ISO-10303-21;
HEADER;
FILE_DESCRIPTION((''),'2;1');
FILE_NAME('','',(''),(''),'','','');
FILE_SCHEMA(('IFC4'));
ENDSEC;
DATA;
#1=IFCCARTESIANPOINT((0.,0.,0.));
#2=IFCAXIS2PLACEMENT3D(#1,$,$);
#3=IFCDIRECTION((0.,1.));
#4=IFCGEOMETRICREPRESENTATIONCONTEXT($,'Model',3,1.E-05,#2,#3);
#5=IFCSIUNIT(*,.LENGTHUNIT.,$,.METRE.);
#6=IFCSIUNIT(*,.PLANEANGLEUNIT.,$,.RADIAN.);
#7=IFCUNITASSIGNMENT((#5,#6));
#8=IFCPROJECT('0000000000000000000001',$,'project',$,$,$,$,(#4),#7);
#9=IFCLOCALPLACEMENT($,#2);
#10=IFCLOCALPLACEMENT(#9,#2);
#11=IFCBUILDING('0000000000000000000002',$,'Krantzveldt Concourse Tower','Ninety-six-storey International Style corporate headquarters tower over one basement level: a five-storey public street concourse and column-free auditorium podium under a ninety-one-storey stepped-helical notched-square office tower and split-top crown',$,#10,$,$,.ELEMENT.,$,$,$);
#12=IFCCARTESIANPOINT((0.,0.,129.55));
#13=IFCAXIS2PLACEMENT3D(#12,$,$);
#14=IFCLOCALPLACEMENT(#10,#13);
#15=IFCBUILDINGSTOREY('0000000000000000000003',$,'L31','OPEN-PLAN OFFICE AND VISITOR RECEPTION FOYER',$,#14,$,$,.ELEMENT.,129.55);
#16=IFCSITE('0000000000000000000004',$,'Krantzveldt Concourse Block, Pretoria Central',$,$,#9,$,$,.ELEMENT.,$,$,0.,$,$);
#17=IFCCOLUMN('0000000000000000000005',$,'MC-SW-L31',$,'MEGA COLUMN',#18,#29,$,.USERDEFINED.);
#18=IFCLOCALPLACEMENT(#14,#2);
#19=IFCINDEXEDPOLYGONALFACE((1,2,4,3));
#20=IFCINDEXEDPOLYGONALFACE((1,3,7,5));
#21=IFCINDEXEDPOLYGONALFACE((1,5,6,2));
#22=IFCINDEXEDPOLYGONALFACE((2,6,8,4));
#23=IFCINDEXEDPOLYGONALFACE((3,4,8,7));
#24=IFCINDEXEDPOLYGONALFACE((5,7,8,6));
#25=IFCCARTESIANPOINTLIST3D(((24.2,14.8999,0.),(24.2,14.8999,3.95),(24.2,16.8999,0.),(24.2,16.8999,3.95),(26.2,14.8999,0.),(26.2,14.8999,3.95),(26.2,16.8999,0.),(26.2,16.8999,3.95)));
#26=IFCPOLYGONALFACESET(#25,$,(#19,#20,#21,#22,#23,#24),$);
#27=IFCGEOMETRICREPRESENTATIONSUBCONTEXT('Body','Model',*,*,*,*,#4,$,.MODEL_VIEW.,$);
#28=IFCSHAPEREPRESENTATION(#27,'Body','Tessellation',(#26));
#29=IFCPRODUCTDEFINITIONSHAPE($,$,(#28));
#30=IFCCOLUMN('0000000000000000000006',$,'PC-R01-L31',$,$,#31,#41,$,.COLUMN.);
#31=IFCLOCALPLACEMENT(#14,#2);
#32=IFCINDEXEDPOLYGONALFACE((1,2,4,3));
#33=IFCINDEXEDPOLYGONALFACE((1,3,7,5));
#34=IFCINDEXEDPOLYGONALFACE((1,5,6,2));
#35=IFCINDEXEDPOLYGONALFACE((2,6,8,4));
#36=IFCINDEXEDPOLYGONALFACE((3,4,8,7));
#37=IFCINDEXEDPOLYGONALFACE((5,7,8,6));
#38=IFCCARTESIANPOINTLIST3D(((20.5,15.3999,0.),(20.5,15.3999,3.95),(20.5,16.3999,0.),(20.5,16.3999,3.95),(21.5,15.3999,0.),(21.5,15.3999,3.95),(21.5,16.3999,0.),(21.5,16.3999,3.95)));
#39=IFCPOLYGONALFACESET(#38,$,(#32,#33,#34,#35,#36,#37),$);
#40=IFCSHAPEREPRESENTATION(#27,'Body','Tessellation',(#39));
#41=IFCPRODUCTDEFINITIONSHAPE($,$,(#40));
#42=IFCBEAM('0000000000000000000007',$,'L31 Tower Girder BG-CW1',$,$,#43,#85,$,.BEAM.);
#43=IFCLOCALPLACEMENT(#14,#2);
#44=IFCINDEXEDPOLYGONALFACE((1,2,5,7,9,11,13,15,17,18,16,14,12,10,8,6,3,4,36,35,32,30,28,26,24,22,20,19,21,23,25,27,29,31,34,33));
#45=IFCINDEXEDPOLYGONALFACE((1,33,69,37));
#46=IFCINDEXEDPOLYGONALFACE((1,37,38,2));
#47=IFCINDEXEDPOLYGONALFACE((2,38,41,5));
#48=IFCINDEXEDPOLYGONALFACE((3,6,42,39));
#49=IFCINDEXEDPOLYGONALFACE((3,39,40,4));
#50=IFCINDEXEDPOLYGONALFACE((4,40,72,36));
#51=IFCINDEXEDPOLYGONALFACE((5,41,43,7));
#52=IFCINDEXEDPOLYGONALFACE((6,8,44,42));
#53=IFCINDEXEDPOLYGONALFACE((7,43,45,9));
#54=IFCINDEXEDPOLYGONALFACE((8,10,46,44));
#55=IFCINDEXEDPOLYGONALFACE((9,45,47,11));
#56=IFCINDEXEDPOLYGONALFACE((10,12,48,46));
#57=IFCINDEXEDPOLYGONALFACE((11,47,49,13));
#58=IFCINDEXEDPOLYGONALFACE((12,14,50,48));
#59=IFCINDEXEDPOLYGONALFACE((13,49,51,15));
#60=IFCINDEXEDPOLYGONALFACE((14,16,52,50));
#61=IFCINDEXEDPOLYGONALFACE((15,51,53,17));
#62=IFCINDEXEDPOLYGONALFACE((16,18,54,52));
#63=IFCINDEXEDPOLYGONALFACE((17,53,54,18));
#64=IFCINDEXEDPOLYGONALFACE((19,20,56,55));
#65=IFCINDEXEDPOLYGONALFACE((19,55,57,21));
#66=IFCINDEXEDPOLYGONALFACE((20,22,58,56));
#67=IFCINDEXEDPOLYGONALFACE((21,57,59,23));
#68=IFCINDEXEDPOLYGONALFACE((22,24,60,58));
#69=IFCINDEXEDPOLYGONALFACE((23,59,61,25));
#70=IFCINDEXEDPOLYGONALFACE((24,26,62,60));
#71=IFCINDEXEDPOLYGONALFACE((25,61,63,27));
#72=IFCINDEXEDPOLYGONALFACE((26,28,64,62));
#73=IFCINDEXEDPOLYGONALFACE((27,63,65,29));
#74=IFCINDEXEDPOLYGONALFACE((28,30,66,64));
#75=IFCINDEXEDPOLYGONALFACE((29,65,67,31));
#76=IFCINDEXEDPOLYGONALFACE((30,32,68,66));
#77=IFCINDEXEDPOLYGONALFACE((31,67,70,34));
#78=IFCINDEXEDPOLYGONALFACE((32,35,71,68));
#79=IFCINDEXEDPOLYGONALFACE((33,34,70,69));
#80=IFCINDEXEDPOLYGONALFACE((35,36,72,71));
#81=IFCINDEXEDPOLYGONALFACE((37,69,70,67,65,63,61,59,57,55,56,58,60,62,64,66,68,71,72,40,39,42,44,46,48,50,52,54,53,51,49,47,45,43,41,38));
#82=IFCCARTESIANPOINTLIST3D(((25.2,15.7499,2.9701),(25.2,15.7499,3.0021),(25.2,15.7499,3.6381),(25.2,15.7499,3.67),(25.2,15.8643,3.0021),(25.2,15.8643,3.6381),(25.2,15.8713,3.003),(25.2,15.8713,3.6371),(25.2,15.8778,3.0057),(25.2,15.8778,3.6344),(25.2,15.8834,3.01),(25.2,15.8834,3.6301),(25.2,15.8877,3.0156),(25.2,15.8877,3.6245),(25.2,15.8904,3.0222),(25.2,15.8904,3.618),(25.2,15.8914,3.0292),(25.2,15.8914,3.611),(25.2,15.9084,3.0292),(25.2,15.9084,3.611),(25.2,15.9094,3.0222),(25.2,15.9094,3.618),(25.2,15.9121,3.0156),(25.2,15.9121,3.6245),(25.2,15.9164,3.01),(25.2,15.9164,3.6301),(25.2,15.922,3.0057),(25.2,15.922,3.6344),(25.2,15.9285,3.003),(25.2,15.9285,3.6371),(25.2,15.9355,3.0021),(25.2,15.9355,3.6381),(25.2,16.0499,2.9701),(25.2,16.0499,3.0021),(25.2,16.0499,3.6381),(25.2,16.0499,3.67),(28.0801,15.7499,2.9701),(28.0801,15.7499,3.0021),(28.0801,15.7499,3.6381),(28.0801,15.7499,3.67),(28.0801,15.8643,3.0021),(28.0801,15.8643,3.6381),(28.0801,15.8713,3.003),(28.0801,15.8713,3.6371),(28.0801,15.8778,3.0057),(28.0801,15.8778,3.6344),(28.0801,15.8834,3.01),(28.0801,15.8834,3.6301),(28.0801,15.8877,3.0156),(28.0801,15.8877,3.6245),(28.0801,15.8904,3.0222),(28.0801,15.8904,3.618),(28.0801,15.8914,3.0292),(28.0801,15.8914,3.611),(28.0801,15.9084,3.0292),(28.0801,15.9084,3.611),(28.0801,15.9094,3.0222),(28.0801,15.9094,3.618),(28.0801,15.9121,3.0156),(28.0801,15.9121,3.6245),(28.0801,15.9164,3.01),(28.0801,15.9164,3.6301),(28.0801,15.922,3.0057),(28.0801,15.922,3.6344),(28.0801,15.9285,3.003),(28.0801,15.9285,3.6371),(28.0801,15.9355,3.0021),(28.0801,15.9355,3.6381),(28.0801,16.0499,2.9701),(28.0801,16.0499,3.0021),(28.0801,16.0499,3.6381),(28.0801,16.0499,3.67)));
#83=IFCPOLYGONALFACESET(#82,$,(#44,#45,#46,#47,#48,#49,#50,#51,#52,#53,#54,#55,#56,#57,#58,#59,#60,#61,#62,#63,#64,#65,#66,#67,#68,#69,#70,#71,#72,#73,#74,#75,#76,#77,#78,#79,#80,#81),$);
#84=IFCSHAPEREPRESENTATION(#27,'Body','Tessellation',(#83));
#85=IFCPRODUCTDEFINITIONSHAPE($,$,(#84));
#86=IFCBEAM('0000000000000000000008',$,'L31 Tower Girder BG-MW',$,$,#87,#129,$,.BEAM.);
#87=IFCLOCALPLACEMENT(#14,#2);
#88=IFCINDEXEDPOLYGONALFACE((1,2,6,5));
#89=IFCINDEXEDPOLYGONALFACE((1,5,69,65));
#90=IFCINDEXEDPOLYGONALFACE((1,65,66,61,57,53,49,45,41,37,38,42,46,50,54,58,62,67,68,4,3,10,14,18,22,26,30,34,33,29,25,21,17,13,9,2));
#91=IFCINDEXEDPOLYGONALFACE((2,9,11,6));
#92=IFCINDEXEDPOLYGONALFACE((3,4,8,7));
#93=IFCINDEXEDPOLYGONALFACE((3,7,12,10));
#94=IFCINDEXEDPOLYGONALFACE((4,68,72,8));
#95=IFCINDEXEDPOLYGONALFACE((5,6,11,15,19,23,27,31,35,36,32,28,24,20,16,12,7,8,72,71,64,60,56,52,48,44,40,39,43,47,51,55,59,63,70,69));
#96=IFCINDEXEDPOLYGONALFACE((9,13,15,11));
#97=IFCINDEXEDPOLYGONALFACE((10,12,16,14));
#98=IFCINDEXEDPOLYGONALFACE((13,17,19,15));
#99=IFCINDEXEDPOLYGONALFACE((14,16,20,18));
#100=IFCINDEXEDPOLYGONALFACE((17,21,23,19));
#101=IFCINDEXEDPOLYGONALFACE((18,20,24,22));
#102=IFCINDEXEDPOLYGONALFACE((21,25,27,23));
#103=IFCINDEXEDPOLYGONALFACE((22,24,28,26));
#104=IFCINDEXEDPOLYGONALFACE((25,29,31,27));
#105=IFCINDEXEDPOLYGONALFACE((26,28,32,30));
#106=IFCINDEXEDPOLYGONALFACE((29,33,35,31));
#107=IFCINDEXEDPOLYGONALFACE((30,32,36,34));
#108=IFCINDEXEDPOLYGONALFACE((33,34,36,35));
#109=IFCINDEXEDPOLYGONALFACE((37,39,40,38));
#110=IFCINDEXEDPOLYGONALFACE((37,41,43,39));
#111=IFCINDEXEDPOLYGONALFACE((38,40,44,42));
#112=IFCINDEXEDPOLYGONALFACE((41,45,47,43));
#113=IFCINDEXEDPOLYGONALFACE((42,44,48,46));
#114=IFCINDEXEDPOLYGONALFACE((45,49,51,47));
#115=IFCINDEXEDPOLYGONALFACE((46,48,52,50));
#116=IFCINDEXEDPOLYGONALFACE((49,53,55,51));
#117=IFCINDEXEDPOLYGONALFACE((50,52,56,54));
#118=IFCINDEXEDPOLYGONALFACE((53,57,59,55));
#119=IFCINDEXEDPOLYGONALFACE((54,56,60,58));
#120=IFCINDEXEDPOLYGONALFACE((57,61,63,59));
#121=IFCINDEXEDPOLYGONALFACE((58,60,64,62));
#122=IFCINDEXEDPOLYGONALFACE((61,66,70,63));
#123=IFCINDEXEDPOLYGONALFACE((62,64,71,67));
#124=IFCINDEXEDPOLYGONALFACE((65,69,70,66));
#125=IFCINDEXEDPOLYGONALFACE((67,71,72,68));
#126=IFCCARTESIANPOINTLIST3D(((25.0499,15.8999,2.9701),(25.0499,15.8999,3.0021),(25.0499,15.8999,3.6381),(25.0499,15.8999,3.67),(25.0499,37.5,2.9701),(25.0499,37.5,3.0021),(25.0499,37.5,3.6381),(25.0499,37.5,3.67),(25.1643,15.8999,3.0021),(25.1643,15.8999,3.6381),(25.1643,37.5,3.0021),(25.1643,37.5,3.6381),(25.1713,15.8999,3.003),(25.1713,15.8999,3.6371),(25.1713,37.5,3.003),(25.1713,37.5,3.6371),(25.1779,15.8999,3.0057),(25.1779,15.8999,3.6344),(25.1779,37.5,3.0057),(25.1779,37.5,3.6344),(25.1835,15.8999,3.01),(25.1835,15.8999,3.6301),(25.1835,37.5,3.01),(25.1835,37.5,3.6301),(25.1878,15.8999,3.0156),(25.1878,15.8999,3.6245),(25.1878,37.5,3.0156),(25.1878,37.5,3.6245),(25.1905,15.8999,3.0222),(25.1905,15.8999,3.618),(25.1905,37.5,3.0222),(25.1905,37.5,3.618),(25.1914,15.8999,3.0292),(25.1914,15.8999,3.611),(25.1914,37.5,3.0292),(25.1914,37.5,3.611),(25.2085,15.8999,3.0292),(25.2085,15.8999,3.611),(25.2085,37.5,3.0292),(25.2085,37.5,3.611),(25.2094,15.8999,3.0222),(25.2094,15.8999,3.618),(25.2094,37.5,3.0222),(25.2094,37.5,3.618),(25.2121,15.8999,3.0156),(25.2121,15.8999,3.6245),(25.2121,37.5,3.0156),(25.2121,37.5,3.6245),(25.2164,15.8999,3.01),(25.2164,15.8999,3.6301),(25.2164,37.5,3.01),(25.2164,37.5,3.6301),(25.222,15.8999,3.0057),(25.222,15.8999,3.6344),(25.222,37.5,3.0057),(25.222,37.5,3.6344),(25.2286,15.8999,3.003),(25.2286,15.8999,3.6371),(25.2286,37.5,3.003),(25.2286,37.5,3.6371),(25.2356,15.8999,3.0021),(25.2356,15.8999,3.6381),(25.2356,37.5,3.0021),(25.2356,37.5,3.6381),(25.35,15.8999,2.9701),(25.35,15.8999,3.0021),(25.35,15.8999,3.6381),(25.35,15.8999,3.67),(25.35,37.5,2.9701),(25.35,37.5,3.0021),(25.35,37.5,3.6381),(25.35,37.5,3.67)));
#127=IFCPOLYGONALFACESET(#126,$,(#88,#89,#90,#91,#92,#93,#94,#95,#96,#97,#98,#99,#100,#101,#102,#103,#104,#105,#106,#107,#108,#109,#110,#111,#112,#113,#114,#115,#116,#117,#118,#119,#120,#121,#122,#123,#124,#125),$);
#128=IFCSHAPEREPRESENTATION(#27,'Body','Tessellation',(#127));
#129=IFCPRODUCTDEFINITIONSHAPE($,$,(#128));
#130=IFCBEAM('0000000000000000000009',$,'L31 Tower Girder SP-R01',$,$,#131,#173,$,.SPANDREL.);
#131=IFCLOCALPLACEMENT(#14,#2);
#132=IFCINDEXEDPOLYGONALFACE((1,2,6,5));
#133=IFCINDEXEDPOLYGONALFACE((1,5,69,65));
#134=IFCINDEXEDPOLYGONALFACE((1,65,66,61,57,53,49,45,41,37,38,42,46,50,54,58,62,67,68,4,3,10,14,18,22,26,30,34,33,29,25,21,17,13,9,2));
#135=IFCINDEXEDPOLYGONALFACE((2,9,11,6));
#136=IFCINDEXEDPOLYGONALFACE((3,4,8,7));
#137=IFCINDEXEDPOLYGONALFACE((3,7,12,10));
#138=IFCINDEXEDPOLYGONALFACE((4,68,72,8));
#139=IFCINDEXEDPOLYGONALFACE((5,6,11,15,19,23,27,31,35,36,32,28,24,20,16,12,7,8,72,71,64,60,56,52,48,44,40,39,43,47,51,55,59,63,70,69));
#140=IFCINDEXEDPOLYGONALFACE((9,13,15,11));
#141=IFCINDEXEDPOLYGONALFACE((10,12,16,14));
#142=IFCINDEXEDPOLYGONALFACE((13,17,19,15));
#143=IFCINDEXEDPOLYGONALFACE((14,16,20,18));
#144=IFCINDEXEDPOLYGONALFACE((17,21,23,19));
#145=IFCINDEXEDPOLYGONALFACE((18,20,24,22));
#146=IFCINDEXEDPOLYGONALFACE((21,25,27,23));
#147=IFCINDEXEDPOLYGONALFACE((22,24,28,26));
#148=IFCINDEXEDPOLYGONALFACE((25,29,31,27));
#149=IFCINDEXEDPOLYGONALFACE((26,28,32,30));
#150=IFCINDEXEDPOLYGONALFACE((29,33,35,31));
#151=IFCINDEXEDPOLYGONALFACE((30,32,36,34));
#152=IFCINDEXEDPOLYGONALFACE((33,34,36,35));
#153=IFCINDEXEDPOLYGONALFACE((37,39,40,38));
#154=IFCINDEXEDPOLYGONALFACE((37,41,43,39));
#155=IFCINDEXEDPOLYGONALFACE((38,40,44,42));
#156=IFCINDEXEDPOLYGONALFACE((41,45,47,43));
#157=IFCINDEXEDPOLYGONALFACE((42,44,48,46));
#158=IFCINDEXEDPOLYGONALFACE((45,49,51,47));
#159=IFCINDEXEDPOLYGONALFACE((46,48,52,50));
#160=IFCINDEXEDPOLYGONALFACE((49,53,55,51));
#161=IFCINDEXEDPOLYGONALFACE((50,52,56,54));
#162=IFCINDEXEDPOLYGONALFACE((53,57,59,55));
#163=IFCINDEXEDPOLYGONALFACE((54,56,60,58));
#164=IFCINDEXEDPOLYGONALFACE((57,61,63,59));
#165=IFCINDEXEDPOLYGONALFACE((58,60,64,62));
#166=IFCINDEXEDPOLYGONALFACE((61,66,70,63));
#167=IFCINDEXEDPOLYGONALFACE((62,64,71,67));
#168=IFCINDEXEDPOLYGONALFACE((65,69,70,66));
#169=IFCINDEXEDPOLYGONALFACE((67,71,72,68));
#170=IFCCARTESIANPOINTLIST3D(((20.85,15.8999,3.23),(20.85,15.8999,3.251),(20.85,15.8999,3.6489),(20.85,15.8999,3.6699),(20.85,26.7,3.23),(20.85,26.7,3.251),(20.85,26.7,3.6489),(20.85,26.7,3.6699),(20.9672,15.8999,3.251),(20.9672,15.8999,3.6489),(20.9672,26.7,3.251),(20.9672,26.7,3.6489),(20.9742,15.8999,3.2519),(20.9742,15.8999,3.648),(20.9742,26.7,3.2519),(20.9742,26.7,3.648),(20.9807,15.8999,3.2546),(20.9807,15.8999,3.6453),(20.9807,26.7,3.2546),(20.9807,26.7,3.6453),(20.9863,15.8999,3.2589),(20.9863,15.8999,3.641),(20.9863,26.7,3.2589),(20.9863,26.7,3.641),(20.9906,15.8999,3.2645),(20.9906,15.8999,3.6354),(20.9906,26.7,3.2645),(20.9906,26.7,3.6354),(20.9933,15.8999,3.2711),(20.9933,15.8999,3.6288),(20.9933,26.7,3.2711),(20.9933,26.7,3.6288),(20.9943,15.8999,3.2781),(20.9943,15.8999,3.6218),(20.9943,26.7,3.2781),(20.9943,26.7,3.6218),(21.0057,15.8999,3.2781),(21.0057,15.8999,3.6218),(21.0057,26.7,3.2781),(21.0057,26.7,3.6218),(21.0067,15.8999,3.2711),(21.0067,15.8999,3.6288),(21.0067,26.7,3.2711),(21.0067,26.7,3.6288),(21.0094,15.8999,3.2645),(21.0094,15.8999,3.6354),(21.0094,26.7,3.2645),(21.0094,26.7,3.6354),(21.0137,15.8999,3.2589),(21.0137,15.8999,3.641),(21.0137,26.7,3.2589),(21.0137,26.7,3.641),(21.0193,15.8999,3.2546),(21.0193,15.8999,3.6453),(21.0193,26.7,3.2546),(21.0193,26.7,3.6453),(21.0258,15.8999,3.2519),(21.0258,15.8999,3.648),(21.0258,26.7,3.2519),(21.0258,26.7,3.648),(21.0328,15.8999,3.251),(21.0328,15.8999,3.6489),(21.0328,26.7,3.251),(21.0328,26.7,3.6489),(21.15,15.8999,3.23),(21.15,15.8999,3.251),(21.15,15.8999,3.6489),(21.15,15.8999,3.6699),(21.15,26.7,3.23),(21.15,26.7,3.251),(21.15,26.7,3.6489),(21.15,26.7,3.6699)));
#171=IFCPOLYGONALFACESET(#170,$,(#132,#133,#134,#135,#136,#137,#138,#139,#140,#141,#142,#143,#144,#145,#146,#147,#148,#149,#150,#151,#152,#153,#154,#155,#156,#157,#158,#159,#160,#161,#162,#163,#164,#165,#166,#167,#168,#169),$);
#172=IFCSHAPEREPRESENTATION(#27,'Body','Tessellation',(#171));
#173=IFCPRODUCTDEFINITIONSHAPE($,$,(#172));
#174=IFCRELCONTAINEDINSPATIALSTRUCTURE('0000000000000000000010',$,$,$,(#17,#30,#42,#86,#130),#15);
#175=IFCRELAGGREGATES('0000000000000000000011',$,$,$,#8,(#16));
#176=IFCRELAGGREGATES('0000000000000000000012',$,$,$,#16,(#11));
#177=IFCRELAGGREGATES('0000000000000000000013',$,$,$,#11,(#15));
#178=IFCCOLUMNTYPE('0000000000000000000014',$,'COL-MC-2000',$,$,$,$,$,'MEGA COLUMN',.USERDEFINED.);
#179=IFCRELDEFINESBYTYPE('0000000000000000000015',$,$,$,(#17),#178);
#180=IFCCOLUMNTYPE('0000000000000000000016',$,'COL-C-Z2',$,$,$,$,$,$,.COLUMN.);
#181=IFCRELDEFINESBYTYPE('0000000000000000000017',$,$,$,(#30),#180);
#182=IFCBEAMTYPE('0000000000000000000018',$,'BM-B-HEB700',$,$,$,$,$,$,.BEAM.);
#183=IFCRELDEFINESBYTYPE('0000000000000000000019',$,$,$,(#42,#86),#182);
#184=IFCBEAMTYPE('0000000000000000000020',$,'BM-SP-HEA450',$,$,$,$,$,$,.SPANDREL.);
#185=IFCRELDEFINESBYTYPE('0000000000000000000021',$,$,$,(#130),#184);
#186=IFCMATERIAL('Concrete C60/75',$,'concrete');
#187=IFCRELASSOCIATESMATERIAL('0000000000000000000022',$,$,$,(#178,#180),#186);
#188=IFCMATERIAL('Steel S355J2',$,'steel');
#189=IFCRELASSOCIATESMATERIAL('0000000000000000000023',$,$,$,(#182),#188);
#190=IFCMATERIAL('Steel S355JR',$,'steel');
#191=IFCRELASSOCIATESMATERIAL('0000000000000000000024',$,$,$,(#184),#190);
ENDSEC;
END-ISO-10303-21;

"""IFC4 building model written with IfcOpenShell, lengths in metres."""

from ifc_helpers import new_model, si_unit, direction, frame, origin, origin_2d, place, context, subcontext, project, spatial, rectangle, i_section, extrude, source, transform, mapped, material, material_profile, profile_set, type_object, type_shapes, element, save


model = new_model("IFC4")

# Units and contexts
model_context = context("Model", 3, precision=1e-05, world=origin(), true_north=direction((0.0, 1.0)))
body_context = subcontext(model_context, "Body", "Model", "MODEL_VIEW")
ifc_project = project(units=[si_unit("LENGTHUNIT", "METRE"), si_unit("PLANEANGLEUNIT", "RADIAN")], contexts=[model_context])

# Site, building, storey
site_placement = place(None, origin())
site = spatial("IfcSite", under=ifc_project, at=site_placement, Name="Krantzveldt Concourse Block, Pretoria Central", CompositionType="ELEMENT", RefElevation=0.0)
building_placement = place(site_placement, origin())
building = spatial("IfcBuilding", under=site, at=building_placement, Name="Krantzveldt Concourse Tower", Description="Ninety-six-storey International Style corporate headquarters tower over one basement level: a five-storey public street concourse and column-free auditorium podium under a ninety-one-storey stepped-helical notched-square office tower and split-top crown", CompositionType="ELEMENT")
storey_placement = place(building_placement, frame((0.0, 0.0, 129.55)))
storey = spatial("IfcBuildingStorey", under=building, at=storey_placement, Name="L31", Description="OPEN-PLAN OFFICE AND VISITOR RECEPTION FOYER", CompositionType="ELEMENT", Elevation=129.55)

# Columns
ifc_material_1 = material(Name="Concrete C60/75", Category="concrete")
ifc_material_profile_1 = material_profile(ifc_material_1, rectangle(XDim=2.0, YDim=2.0, at=origin_2d()), Name="Concrete C60/75", Category="concrete")
ifc_profile_set_1 = profile_set([ifc_material_profile_1], Name="Concrete C60/75 - RC 2000x2000")
column_type_1 = type_object("IfcColumnType", Name="COL-MC-2000", ElementType="MEGA COLUMN", PredefinedType="USERDEFINED", material=ifc_profile_set_1)
shared_shape_1 = source(origin(), body_context, "Body", "SweptSolid", [
    extrude(rectangle(XDim=2.0, YDim=2.0, at=origin_2d()), origin(), (0.0, 0.0, 1.0), 3.95),
])
type_shapes(column_type_1, [shared_shape_1])
column_1_placement = place(storey_placement, frame((25.2, 15.8999, 0.0), z_axis=(0.0, 0.0, 1.0), x_axis=(1.0, 0.0, 0.0)))
element("IfcColumn", 1, at=column_1_placement, inside=storey, type_object=column_type_1, Name="MC-SW-L31", ObjectType="MEGA COLUMN", PredefinedType="USERDEFINED", context=body_context, shape_type="MappedRepresentation", body=[
    mapped(shared_shape_1, transform((0.0, 0.0, 0.0), x_axis=(1.0, 0.0, 0.0), y_axis=(0.0, 1.0, 0.0), z_axis=(0.0, 0.0, 1.0), scale=1.0)),
])
ifc_material_profile_2 = material_profile(ifc_material_1, rectangle(XDim=1.0, YDim=1.0, at=origin_2d()), Name="Concrete C60/75", Category="concrete")
ifc_profile_set_2 = profile_set([ifc_material_profile_2], Name="Concrete C60/75 - RC 1000x1000")
column_type_2 = type_object("IfcColumnType", Name="COL-C-Z2", PredefinedType="COLUMN", material=ifc_profile_set_2)
shared_shape_2 = source(origin(), body_context, "Body", "SweptSolid", [
    extrude(rectangle(XDim=1.0, YDim=1.0, at=origin_2d()), origin(), (0.0, 0.0, 1.0), 3.95),
])
type_shapes(column_type_2, [shared_shape_2])
column_2_placement = place(storey_placement, frame((21.0, 15.8999, 0.0), z_axis=(0.0, 0.0, 1.0), x_axis=(1.0, 0.0, 0.0)))
element("IfcColumn", 2, at=column_2_placement, inside=storey, type_object=column_type_2, Name="PC-R01-L31", PredefinedType="COLUMN", context=body_context, shape_type="MappedRepresentation", body=[
    mapped(shared_shape_2, transform((0.0, 0.0, 0.0), x_axis=(1.0, 0.0, 0.0), y_axis=(0.0, 1.0, 0.0), z_axis=(0.0, 0.0, 1.0), scale=1.0)),
])

# Beams
ifc_material_2 = material(Name="Steel S355J2", Category="steel")
ifc_material_profile_3 = material_profile(ifc_material_2, i_section(OverallWidth=0.3, OverallDepth=0.7, WebThickness=0.0171, FlangeThickness=0.032, FilletRadius=0.0271, at=origin_2d()), Name="Steel S355J2", Category="steel")
ifc_profile_set_3 = profile_set([ifc_material_profile_3], Name="Steel S355J2 - HEB 700")
beam_type_1 = type_object("IfcBeamType", Name="BM-B-HEB700", PredefinedType="BEAM", material=ifc_profile_set_3)
shared_shape_3 = source(origin(), body_context, "Body", "SweptSolid", [
    extrude(i_section(OverallWidth=0.3, OverallDepth=0.7, WebThickness=0.0171, FlangeThickness=0.032, FilletRadius=0.0271, at=origin_2d()), origin(), (0.0, 0.0, 1.0), 2.8801),
])
beam_1_placement = place(storey_placement, frame((25.2, 15.8999, 3.3201), z_axis=(1.0, 0.0, 0.0), x_axis=(0.0, 1.0, 0.0)))
element("IfcBeam", 3, at=beam_1_placement, inside=storey, type_object=beam_type_1, Name="L31 Tower Girder BG-CW1", PredefinedType="BEAM", context=body_context, shape_type="MappedRepresentation", body=[
    mapped(shared_shape_3, transform((0.0, 0.0, 0.0), x_axis=(1.0, 0.0, 0.0), y_axis=(0.0, 1.0, 0.0), z_axis=(0.0, 0.0, 1.0), scale=1.0)),
])
shared_shape_4 = source(origin(), body_context, "Body", "SweptSolid", [
    extrude(i_section(OverallWidth=0.3, OverallDepth=0.7, WebThickness=0.0171, FlangeThickness=0.032, FilletRadius=0.0271, at=origin_2d()), origin(), (0.0, 0.0, 1.0), 21.6001),
])
type_shapes(beam_type_1, [shared_shape_3, shared_shape_4])
beam_2_placement = place(storey_placement, frame((25.2, 15.8999, 3.3201), z_axis=(0.0, 1.0, 0.0), x_axis=(-1.0, 0.0, 0.0)))
element("IfcBeam", 4, at=beam_2_placement, inside=storey, type_object=beam_type_1, Name="L31 Tower Girder BG-MW", PredefinedType="BEAM", context=body_context, shape_type="MappedRepresentation", body=[
    mapped(shared_shape_4, transform((0.0, 0.0, 0.0), x_axis=(1.0, 0.0, 0.0), y_axis=(0.0, 1.0, 0.0), z_axis=(0.0, 0.0, 1.0), scale=1.0)),
])
ifc_material_3 = material(Name="Steel S355JR", Category="steel")
ifc_material_profile_4 = material_profile(ifc_material_3, i_section(OverallWidth=0.3, OverallDepth=0.4399, WebThickness=0.0115, FlangeThickness=0.021, FilletRadius=0.0271, at=origin_2d()), Name="Steel S355JR", Category="steel")
ifc_profile_set_4 = profile_set([ifc_material_profile_4], Name="Steel S355JR - HEA 450")
beam_type_2 = type_object("IfcBeamType", Name="BM-SP-HEA450", PredefinedType="SPANDREL", material=ifc_profile_set_4)
shared_shape_5 = source(origin(), body_context, "Body", "SweptSolid", [
    extrude(i_section(OverallWidth=0.3, OverallDepth=0.4399, WebThickness=0.0115, FlangeThickness=0.021, FilletRadius=0.0271, at=origin_2d()), origin(), (0.0, 0.0, 1.0), 10.8),
])
type_shapes(beam_type_2, [shared_shape_5])
beam_3_placement = place(storey_placement, frame((21.0, 15.8999, 3.45), z_axis=(0.0, 1.0, 0.0), x_axis=(-1.0, 0.0, 0.0)))
element("IfcBeam", 5, at=beam_3_placement, inside=storey, type_object=beam_type_2, Name="L31 Tower Girder SP-R01", PredefinedType="SPANDREL", context=body_context, shape_type="MappedRepresentation", body=[
    mapped(shared_shape_5, transform((0.0, 0.0, 0.0), x_axis=(1.0, 0.0, 0.0), y_axis=(0.0, 1.0, 0.0), z_axis=(0.0, 0.0, 1.0), scale=1.0)),
])

save(model, "model.ifc")
